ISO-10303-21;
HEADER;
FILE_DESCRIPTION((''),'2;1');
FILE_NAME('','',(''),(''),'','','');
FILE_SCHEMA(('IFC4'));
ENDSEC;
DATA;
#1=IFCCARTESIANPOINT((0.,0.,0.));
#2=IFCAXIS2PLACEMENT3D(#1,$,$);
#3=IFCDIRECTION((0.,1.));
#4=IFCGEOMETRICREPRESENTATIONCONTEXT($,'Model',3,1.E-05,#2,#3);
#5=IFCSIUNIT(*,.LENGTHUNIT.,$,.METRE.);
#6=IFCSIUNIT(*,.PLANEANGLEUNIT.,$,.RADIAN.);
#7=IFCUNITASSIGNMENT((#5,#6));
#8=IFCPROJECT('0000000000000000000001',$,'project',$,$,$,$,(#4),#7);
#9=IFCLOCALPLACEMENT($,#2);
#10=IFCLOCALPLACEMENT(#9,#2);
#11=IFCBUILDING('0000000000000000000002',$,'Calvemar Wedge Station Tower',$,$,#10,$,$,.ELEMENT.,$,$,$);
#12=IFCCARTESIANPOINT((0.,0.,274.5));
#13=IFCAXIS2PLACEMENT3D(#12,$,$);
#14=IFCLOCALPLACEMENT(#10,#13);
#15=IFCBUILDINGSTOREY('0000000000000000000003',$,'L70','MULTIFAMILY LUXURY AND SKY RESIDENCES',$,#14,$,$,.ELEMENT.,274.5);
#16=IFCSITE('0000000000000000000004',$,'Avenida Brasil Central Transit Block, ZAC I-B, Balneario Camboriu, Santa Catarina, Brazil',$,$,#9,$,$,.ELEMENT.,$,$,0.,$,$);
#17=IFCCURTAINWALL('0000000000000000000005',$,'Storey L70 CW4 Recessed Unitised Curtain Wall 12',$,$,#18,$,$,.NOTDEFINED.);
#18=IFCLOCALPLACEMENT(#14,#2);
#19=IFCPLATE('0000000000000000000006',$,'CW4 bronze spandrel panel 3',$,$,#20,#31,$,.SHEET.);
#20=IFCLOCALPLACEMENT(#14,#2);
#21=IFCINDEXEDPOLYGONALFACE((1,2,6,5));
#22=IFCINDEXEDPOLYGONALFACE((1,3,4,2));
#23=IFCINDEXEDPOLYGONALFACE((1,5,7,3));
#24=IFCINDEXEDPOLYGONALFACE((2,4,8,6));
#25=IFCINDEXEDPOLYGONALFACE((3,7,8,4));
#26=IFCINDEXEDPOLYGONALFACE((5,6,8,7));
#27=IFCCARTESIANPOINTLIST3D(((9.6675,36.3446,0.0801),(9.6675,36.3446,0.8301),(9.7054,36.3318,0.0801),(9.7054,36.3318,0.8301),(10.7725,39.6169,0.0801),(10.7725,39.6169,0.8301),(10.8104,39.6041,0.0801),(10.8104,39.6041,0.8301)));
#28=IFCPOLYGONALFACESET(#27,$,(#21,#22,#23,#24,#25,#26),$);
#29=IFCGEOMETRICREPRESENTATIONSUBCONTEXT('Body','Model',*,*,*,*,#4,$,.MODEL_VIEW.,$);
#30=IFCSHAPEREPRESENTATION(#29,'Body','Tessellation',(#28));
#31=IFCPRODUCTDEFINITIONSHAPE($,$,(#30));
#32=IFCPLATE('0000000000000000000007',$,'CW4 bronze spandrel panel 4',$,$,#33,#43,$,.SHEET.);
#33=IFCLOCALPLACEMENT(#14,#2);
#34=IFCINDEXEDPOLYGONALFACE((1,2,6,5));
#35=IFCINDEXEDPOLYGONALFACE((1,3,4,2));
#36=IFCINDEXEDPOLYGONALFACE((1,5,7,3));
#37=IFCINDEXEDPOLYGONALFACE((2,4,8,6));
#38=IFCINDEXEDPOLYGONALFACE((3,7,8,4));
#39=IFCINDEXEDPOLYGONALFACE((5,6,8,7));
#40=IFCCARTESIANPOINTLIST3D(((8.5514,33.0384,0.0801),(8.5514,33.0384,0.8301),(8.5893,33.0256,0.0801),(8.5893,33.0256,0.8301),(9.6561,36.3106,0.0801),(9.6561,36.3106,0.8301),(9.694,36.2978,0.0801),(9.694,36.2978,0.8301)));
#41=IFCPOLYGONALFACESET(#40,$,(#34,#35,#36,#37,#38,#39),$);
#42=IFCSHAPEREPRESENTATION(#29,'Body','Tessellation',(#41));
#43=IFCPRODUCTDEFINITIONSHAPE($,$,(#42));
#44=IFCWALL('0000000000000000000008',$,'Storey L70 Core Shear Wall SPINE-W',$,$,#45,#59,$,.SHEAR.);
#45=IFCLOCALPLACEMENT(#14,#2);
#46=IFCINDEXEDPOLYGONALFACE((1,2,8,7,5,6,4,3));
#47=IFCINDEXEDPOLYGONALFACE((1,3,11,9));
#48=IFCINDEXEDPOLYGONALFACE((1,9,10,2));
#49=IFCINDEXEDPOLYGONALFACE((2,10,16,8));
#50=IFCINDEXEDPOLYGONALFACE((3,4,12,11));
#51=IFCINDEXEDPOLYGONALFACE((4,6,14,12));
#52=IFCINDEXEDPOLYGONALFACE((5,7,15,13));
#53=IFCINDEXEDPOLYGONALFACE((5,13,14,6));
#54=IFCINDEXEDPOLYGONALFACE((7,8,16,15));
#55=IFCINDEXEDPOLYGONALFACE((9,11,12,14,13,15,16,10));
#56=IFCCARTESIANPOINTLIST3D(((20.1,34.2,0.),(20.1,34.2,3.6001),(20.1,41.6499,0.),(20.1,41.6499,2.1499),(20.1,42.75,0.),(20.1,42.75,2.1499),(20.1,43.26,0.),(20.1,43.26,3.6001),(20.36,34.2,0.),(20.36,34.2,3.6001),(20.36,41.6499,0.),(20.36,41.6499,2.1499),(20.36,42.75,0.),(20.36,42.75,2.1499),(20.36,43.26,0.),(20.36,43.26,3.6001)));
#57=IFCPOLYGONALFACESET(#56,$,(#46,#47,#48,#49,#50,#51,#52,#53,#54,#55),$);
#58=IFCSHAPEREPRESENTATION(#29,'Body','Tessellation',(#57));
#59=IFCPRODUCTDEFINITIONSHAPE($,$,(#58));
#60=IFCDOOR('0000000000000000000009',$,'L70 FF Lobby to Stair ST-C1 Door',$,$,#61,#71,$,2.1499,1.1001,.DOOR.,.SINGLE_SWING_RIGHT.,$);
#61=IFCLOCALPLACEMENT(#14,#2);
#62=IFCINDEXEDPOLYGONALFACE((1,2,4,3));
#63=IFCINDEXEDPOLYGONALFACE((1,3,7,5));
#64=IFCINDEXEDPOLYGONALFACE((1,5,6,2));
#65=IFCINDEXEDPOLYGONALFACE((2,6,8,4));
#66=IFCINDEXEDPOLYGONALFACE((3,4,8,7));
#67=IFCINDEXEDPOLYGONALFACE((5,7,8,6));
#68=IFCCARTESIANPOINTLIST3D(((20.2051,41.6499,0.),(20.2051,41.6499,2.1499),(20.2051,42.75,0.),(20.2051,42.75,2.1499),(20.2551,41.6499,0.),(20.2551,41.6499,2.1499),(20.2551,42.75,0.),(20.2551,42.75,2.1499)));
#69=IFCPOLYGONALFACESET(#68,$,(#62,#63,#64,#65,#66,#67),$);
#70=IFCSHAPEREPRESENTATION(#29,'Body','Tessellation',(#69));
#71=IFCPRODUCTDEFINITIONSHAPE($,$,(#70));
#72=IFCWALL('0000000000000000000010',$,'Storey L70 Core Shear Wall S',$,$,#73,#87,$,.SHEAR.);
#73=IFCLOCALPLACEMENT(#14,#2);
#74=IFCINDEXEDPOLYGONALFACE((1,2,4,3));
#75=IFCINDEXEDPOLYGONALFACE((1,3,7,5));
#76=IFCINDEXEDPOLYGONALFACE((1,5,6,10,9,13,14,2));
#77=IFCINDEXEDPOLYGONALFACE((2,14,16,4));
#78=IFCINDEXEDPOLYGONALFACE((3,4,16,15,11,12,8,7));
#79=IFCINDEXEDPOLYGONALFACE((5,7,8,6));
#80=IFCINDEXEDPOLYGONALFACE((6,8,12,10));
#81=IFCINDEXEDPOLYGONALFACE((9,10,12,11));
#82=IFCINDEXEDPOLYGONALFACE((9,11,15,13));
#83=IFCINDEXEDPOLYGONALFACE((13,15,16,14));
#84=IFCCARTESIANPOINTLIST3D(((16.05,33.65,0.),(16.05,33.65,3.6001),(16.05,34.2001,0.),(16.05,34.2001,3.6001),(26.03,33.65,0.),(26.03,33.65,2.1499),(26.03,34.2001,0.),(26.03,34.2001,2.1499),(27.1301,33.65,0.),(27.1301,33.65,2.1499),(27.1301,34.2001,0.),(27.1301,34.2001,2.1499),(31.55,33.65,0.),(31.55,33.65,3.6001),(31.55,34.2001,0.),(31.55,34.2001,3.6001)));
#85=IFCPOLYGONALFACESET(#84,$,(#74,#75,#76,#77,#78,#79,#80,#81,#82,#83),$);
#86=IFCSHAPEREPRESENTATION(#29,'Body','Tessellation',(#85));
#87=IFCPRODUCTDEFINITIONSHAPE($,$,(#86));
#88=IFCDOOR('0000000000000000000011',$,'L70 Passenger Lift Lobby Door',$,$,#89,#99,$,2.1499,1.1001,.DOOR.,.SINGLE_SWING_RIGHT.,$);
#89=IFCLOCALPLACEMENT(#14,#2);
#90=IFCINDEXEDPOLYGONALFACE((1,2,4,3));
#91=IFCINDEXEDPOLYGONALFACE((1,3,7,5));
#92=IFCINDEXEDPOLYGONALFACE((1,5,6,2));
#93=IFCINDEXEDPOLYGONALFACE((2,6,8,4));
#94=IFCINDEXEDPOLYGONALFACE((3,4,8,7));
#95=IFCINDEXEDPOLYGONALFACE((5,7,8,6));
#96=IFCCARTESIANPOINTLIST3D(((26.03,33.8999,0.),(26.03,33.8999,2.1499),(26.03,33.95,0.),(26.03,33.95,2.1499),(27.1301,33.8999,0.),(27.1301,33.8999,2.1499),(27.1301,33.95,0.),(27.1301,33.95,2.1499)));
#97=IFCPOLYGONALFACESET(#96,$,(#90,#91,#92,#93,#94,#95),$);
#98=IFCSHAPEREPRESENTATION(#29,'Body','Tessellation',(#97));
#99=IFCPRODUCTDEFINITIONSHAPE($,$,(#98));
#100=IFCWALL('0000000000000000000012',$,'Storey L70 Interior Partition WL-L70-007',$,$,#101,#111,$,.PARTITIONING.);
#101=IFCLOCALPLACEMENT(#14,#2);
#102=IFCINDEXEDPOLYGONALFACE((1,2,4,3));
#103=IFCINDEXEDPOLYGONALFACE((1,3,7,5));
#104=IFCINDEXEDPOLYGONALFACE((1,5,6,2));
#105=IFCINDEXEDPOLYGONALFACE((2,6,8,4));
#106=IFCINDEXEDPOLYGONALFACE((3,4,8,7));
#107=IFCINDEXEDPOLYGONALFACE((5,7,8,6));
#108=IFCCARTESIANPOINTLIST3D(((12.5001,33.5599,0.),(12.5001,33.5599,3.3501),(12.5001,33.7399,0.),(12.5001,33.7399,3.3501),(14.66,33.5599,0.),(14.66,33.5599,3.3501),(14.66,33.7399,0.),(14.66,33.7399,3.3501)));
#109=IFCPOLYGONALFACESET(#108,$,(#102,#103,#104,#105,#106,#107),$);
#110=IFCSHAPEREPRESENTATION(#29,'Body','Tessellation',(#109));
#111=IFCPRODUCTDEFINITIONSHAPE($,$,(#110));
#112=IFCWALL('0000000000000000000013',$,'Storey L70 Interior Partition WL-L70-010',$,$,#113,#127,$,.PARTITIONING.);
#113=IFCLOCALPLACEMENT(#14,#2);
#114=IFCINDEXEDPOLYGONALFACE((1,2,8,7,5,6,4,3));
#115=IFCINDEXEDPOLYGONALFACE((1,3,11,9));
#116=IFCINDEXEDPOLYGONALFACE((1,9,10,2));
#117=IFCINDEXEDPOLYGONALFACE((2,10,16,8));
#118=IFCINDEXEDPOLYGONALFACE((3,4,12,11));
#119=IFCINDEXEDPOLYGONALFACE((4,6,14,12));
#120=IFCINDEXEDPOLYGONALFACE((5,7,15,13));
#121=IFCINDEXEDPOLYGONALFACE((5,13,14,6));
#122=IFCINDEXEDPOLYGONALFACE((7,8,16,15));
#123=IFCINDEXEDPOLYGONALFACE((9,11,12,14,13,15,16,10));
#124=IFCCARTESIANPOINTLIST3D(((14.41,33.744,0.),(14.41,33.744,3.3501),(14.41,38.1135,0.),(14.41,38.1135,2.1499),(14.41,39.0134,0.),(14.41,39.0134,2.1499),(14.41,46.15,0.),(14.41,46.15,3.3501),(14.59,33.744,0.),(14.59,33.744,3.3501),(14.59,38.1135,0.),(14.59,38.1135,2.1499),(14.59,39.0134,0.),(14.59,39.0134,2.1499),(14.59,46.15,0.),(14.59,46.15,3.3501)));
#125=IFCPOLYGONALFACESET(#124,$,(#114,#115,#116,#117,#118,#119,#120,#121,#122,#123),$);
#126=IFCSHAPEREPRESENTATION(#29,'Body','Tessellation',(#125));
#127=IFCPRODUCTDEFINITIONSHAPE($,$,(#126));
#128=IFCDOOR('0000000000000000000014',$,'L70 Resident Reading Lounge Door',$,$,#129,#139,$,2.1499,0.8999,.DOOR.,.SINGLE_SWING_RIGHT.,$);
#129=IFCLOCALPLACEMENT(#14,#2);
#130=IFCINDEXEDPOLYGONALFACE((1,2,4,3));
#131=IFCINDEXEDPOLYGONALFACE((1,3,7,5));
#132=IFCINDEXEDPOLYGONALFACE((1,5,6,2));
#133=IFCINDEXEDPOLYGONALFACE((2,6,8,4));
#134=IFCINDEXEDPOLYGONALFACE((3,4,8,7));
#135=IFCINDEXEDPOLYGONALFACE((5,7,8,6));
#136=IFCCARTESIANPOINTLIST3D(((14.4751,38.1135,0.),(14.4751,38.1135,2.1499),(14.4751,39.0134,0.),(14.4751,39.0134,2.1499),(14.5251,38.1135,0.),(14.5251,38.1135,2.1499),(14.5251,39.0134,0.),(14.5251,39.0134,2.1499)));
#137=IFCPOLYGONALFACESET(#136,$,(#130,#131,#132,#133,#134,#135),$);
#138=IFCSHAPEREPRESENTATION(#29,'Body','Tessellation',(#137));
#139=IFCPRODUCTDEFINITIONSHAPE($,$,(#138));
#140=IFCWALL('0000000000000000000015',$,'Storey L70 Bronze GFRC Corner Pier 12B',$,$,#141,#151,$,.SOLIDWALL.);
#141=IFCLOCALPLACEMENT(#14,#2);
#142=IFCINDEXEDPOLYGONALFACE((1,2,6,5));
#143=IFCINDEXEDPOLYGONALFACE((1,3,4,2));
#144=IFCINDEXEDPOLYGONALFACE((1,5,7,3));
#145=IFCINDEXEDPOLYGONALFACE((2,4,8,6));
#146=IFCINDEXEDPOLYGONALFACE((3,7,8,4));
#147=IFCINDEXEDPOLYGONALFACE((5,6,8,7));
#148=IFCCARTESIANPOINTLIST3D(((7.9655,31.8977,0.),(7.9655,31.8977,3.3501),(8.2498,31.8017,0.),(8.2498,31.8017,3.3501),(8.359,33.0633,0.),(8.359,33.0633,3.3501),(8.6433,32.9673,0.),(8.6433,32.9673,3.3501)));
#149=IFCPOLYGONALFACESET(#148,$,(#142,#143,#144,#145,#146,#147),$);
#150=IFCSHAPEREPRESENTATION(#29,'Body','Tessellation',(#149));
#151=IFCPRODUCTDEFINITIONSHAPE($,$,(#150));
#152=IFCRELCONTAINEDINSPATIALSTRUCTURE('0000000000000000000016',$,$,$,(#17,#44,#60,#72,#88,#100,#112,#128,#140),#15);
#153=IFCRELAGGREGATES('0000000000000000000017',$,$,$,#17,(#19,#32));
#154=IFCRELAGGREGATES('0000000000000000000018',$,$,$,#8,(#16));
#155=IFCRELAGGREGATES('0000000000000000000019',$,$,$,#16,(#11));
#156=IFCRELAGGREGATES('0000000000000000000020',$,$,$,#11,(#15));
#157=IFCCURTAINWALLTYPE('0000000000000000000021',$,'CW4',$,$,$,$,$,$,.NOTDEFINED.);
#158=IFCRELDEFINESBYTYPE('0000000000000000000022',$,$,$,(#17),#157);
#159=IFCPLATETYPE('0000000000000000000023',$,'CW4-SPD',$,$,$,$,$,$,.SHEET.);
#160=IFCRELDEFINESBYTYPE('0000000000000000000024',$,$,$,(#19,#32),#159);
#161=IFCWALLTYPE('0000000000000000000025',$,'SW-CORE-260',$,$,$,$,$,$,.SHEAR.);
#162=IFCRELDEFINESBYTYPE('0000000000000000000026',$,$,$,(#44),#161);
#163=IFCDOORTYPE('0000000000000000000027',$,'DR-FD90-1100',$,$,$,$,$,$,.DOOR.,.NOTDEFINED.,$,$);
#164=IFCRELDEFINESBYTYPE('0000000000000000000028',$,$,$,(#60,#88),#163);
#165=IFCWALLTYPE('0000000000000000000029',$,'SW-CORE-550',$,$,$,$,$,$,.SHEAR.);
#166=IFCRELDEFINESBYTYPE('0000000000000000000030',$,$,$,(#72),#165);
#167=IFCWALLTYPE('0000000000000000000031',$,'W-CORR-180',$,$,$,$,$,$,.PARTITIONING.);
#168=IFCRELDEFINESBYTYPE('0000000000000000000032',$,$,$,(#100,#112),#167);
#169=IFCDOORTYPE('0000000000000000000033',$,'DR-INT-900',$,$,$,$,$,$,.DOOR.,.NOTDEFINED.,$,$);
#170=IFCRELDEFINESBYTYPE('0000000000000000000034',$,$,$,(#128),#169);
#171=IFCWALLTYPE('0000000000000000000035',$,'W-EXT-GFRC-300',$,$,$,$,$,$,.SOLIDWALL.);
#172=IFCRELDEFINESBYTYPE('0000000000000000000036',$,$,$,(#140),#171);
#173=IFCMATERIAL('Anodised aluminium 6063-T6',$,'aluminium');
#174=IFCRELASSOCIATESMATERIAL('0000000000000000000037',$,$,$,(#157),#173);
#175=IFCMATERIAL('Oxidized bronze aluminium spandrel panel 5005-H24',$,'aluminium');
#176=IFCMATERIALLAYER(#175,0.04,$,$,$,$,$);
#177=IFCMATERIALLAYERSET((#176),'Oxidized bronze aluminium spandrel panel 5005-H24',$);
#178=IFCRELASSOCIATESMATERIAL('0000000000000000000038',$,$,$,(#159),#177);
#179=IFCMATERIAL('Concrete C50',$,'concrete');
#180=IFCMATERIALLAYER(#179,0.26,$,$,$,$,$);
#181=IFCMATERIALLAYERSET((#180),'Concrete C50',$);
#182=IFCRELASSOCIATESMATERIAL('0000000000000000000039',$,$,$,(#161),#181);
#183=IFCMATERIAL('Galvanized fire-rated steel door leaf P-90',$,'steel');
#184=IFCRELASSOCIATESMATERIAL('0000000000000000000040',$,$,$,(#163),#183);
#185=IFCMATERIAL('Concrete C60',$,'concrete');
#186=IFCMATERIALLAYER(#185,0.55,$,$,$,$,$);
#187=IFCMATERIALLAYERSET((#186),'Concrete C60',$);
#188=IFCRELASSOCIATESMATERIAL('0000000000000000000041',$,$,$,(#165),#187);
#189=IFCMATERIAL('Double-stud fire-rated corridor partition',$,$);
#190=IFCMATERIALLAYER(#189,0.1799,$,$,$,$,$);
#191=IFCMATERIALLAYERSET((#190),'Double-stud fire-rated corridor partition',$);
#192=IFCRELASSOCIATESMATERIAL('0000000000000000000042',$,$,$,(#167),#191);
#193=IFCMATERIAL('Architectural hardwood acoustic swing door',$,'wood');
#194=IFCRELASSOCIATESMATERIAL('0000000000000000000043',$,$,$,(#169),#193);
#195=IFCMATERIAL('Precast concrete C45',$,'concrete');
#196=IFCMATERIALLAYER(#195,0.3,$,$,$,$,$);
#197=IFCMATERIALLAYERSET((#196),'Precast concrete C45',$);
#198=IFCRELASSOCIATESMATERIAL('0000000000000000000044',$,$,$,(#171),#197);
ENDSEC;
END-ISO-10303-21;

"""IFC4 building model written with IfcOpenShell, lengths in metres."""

from ifc_helpers import new_model, si_unit, direction, frame, frame_2d, origin, place, context, subcontext, project, spatial, rectangle, extrude, source, transform, mapped, material, layer, layer_set, type_object, element, fill, aggregate, save


model = new_model("IFC4")

# Units and contexts
model_context = context("Model", 3, precision=1e-05, world=origin(), true_north=direction((0.0, 1.0)))
body_context = subcontext(model_context, "Body", "Model", "MODEL_VIEW")
ifc_project = project(units=[si_unit("LENGTHUNIT", "METRE"), si_unit("PLANEANGLEUNIT", "RADIAN")], contexts=[model_context])

# Site, building, storey
site_placement = place(None, origin())
site = spatial("IfcSite", under=ifc_project, at=site_placement, Name="Avenida Brasil Central Transit Block, ZAC I-B, Balneario Camboriu, Santa Catarina, Brazil", CompositionType="ELEMENT", RefElevation=0.0)
building_placement = place(site_placement, origin())
building = spatial("IfcBuilding", under=site, at=building_placement, Name="Calvemar Wedge Station Tower", CompositionType="ELEMENT")
storey_placement = place(building_placement, frame((0.0, 0.0, 274.5)))
storey = spatial("IfcBuildingStorey", under=building, at=storey_placement, Name="L70", Description="MULTIFAMILY LUXURY AND SKY RESIDENCES", CompositionType="ELEMENT", Elevation=274.5)

# Shared definitions
ifc_material_1 = material(Name="Concrete C50", Category="concrete")

# Curtain wall, plates
ifc_material_2 = material(Name="Anodised aluminium 6063-T6", Category="aluminium")
curtain_wall_type = type_object("IfcCurtainWallType", Name="CW4", PredefinedType="NOTDEFINED", material=ifc_material_2)
curtain_wall_placement = place(storey_placement, origin())
curtain_wall = element("IfcCurtainWall", 1, at=curtain_wall_placement, inside=storey, type_object=curtain_wall_type, Name="Storey L70 CW4 Recessed Unitised Curtain Wall 12", PredefinedType="NOTDEFINED")
ifc_material_3 = material(Name="Oxidized bronze aluminium spandrel panel 5005-H24", Category="aluminium")
ifc_layer_1 = layer(ifc_material_3, 0.04)
ifc_layer_set_1 = layer_set([ifc_layer_1], Name="Oxidized bronze aluminium spandrel panel 5005-H24")
plate_type_1 = type_object("IfcPlateType", Name="CW4-SPD", PredefinedType="SHEET", material=ifc_layer_set_1)
plate_1_placement = place(storey_placement, frame((10.7915, 39.6106, 0.0801), z_axis=(0.0, 0.0, 1.0), x_axis=(-0.319936, -0.947439, 0.0)))
plate_1 = element("IfcPlate", 2, at=plate_1_placement, type_object=plate_type_1, Name="CW4 bronze spandrel panel 3", PredefinedType="SHEET", context=body_context, shape_type="SweptSolid", body=[
    extrude(rectangle(XDim=3.4539, YDim=0.04, at=frame_2d((1.7271, 0.0))), origin(), (0.0, 0.0, 1.0), 0.75),
])
plate_2_placement = place(storey_placement, frame((9.675, 36.3042, 0.0801), z_axis=(0.0, 0.0, 1.0), x_axis=(-0.319873, -0.94746, 0.0)))
plate_2 = element("IfcPlate", 3, at=plate_2_placement, type_object=plate_type_1, Name="CW4 bronze spandrel panel 4", PredefinedType="SHEET", context=body_context, shape_type="SweptSolid", body=[
    extrude(rectangle(XDim=3.4536, YDim=0.04, at=frame_2d((1.7268, 0.0))), origin(), (0.0, 0.0, 1.0), 0.75),
])
aggregate(curtain_wall, [plate_1, plate_2])

# Walls, openings, doors
ifc_layer_2 = layer(ifc_material_1, 0.26)
ifc_layer_set_2 = layer_set([ifc_layer_2], Name="Concrete C50")
wall_type_1 = type_object("IfcWallType", Name="SW-CORE-260", PredefinedType="SHEAR", material=ifc_layer_set_2)
wall_1_placement = place(storey_placement, frame((20.23, 34.2, 0.0), z_axis=(0.0, 0.0, 1.0), x_axis=(0.0, 1.0, 0.0)))
wall_1 = element("IfcWall", 4, at=wall_1_placement, inside=storey, type_object=wall_type_1, Name="Storey L70 Core Shear Wall SPINE-W", PredefinedType="SHEAR", context=body_context, shape_type="SweptSolid", body=[
    extrude(rectangle(XDim=9.0601, YDim=0.26, at=frame_2d((4.53, 0.0))), origin(), (0.0, 0.0, 1.0), 3.6001),
])
shared_shape_1 = source(origin(), body_context, "Body", "SweptSolid", [
    extrude(rectangle(XDim=1.1001, YDim=2.1499, at=frame_2d((0.55, 1.075))), frame((0.0, 0.1401, 0.0), z_axis=(0.0, -1.0, 0.0), x_axis=(1.0, 0.0, 0.0)), (0.0, 0.0, 1.0), 0.28),
])
opening_1_placement = place(wall_1_placement, frame((7.45, 0.0, 0.0)))
opening_1 = element("IfcOpeningElement", 5, at=opening_1_placement, cuts=wall_1, PredefinedType="OPENING", context=body_context, shape_type="MappedRepresentation", body=[
    mapped(shared_shape_1, transform((0.0, 0.0, 0.0), scale=1.0)),
])
ifc_material_4 = material(Name="Galvanized fire-rated steel door leaf P-90", Category="steel")
door_type_1 = type_object("IfcDoorType", Name="DR-FD90-1100", OperationType="NOTDEFINED", PredefinedType="DOOR", material=ifc_material_4)
shared_shape_2 = source(origin(), body_context, "Body", "SweptSolid", [
    extrude(rectangle(XDim=1.1001, YDim=2.1499, at=frame_2d((0.55, 1.075))), frame((0.0, 0.0249, 0.0), z_axis=(0.0, -1.0, 0.0), x_axis=(1.0, 0.0, 0.0)), (0.0, 0.0, 1.0), 0.05),
])
door_1_placement = place(opening_1_placement, origin())
door_1 = element("IfcDoor", 6, at=door_1_placement, inside=storey, type_object=door_type_1, Name="L70 FF Lobby to Stair ST-C1 Door", OperationType="SINGLE_SWING_RIGHT", OverallHeight=2.1499, OverallWidth=1.1001, PredefinedType="DOOR", context=body_context, shape_type="MappedRepresentation", body=[
    mapped(shared_shape_2, transform((0.0, 0.0, 0.0), scale=1.0)),
])
fill(opening_1, door_1)
ifc_material_5 = material(Name="Concrete C60", Category="concrete")
ifc_layer_3 = layer(ifc_material_5, 0.55)
ifc_layer_set_3 = layer_set([ifc_layer_3], Name="Concrete C60")
wall_type_2 = type_object("IfcWallType", Name="SW-CORE-550", PredefinedType="SHEAR", material=ifc_layer_set_3)
wall_2_placement = place(storey_placement, frame((16.05, 33.925, 0.0), z_axis=(0.0, 0.0, 1.0), x_axis=(1.0, 0.0, 0.0)))
wall_2 = element("IfcWall", 7, at=wall_2_placement, inside=storey, type_object=wall_type_2, Name="Storey L70 Core Shear Wall S", PredefinedType="SHEAR", context=body_context, shape_type="SweptSolid", body=[
    extrude(rectangle(XDim=15.5, YDim=0.55, at=frame_2d((7.75, 0.0))), origin(), (0.0, 0.0, 1.0), 3.6001),
])
shared_shape_3 = source(origin(), body_context, "Body", "SweptSolid", [
    extrude(rectangle(XDim=1.1001, YDim=2.1499, at=frame_2d((0.55, 1.075))), frame((0.0, 0.2852, 0.0), z_axis=(0.0, -1.0, 0.0), x_axis=(1.0, 0.0, 0.0)), (0.0, 0.0, 1.0), 0.5701),
])
opening_2_placement = place(wall_2_placement, frame((9.98, 0.0, 0.0)))
opening_2 = element("IfcOpeningElement", 8, at=opening_2_placement, cuts=wall_2, PredefinedType="OPENING", context=body_context, shape_type="MappedRepresentation", body=[
    mapped(shared_shape_3, transform((0.0, 0.0, 0.0), scale=1.0)),
])
door_2_placement = place(opening_2_placement, origin())
door_2 = element("IfcDoor", 9, at=door_2_placement, inside=storey, type_object=door_type_1, Name="L70 Passenger Lift Lobby Door", OperationType="SINGLE_SWING_RIGHT", OverallHeight=2.1499, OverallWidth=1.1001, PredefinedType="DOOR", context=body_context, shape_type="MappedRepresentation", body=[
    mapped(shared_shape_2, transform((0.0, 0.0, 0.0), scale=1.0)),
])
fill(opening_2, door_2)

# Wall
ifc_material_6 = material(Name="Double-stud fire-rated corridor partition")
ifc_layer_4 = layer(ifc_material_6, 0.1799)
ifc_layer_set_4 = layer_set([ifc_layer_4], Name="Double-stud fire-rated corridor partition")
wall_type_3 = type_object("IfcWallType", Name="W-CORR-180", PredefinedType="PARTITIONING", material=ifc_layer_set_4)
wall_3_placement = place(storey_placement, frame((12.5, 33.6499, 0.0), z_axis=(0.0, 0.0, 1.0), x_axis=(1.0, 0.0, 0.0)))
element("IfcWall", 10, at=wall_3_placement, inside=storey, type_object=wall_type_3, Name="Storey L70 Interior Partition WL-L70-007", PredefinedType="PARTITIONING", context=body_context, shape_type="SweptSolid", body=[
    extrude(rectangle(XDim=2.1599, YDim=0.1799, at=frame_2d((1.0801, 0.0))), origin(), (0.0, 0.0, 1.0), 3.3501),
])

# Wall, opening, door
wall_4_placement = place(storey_placement, frame((14.5, 33.7439, 0.0), z_axis=(0.0, 0.0, 1.0), x_axis=(0.0, 1.0, 0.0)))
wall_4 = element("IfcWall", 11, at=wall_4_placement, inside=storey, type_object=wall_type_3, Name="Storey L70 Interior Partition WL-L70-010", PredefinedType="PARTITIONING", context=body_context, shape_type="SweptSolid", body=[
    extrude(rectangle(XDim=12.406, YDim=0.1799, at=frame_2d((6.2031, 0.0))), origin(), (0.0, 0.0, 1.0), 3.3501),
])
shared_shape_4 = source(origin(), body_context, "Body", "SweptSolid", [
    extrude(rectangle(XDim=0.8999, YDim=2.1499, at=frame_2d((0.45, 1.075))), frame((0.0, 0.1001, 0.0), z_axis=(0.0, -1.0, 0.0), x_axis=(1.0, 0.0, 0.0)), (0.0, 0.0, 1.0), 0.2),
])
opening_3_placement = place(wall_4_placement, frame((4.3696, 0.0, 0.0)))
opening_3 = element("IfcOpeningElement", 12, at=opening_3_placement, cuts=wall_4, PredefinedType="OPENING", context=body_context, shape_type="MappedRepresentation", body=[
    mapped(shared_shape_4, transform((0.0, 0.0, 0.0), scale=1.0)),
])
ifc_material_7 = material(Name="Architectural hardwood acoustic swing door", Category="wood")
door_type_2 = type_object("IfcDoorType", Name="DR-INT-900", OperationType="NOTDEFINED", PredefinedType="DOOR", material=ifc_material_7)
shared_shape_5 = source(origin(), body_context, "Body", "SweptSolid", [
    extrude(rectangle(XDim=0.8999, YDim=2.1499, at=frame_2d((0.45, 1.075))), frame((0.0, 0.0249, 0.0), z_axis=(0.0, -1.0, 0.0), x_axis=(1.0, 0.0, 0.0)), (0.0, 0.0, 1.0), 0.05),
])
door_3_placement = place(opening_3_placement, origin())
door_3 = element("IfcDoor", 13, at=door_3_placement, inside=storey, type_object=door_type_2, Name="L70 Resident Reading Lounge Door", OperationType="SINGLE_SWING_RIGHT", OverallHeight=2.1499, OverallWidth=0.8999, PredefinedType="DOOR", context=body_context, shape_type="MappedRepresentation", body=[
    mapped(shared_shape_5, transform((0.0, 0.0, 0.0), scale=1.0)),
])
fill(opening_3, door_3)

# Wall
ifc_material_8 = material(Name="Precast concrete C45", Category="concrete")
ifc_layer_5 = layer(ifc_material_8, 0.3)
ifc_layer_set_5 = layer_set([ifc_layer_5], Name="Precast concrete C45")
wall_type_4 = type_object("IfcWallType", Name="W-EXT-GFRC-300", PredefinedType="SOLIDWALL", material=ifc_layer_set_5)
wall_5_placement = place(storey_placement, frame((8.5012, 33.0154, 0.0), z_axis=(0.0, 0.0, 1.0), x_axis=(-0.319917, -0.947446, 0.0)))
element("IfcWall", 14, at=wall_5_placement, inside=storey, type_object=wall_type_4, Name="Storey L70 Bronze GFRC Corner Pier 12B", PredefinedType="SOLIDWALL", context=body_context, shape_type="SweptSolid", body=[
    extrude(rectangle(XDim=1.2302, YDim=0.3, at=frame_2d((0.6152, 0.0))), origin(), (0.0, 0.0, 1.0), 3.3501),
])

save(model, "model.ifc")
